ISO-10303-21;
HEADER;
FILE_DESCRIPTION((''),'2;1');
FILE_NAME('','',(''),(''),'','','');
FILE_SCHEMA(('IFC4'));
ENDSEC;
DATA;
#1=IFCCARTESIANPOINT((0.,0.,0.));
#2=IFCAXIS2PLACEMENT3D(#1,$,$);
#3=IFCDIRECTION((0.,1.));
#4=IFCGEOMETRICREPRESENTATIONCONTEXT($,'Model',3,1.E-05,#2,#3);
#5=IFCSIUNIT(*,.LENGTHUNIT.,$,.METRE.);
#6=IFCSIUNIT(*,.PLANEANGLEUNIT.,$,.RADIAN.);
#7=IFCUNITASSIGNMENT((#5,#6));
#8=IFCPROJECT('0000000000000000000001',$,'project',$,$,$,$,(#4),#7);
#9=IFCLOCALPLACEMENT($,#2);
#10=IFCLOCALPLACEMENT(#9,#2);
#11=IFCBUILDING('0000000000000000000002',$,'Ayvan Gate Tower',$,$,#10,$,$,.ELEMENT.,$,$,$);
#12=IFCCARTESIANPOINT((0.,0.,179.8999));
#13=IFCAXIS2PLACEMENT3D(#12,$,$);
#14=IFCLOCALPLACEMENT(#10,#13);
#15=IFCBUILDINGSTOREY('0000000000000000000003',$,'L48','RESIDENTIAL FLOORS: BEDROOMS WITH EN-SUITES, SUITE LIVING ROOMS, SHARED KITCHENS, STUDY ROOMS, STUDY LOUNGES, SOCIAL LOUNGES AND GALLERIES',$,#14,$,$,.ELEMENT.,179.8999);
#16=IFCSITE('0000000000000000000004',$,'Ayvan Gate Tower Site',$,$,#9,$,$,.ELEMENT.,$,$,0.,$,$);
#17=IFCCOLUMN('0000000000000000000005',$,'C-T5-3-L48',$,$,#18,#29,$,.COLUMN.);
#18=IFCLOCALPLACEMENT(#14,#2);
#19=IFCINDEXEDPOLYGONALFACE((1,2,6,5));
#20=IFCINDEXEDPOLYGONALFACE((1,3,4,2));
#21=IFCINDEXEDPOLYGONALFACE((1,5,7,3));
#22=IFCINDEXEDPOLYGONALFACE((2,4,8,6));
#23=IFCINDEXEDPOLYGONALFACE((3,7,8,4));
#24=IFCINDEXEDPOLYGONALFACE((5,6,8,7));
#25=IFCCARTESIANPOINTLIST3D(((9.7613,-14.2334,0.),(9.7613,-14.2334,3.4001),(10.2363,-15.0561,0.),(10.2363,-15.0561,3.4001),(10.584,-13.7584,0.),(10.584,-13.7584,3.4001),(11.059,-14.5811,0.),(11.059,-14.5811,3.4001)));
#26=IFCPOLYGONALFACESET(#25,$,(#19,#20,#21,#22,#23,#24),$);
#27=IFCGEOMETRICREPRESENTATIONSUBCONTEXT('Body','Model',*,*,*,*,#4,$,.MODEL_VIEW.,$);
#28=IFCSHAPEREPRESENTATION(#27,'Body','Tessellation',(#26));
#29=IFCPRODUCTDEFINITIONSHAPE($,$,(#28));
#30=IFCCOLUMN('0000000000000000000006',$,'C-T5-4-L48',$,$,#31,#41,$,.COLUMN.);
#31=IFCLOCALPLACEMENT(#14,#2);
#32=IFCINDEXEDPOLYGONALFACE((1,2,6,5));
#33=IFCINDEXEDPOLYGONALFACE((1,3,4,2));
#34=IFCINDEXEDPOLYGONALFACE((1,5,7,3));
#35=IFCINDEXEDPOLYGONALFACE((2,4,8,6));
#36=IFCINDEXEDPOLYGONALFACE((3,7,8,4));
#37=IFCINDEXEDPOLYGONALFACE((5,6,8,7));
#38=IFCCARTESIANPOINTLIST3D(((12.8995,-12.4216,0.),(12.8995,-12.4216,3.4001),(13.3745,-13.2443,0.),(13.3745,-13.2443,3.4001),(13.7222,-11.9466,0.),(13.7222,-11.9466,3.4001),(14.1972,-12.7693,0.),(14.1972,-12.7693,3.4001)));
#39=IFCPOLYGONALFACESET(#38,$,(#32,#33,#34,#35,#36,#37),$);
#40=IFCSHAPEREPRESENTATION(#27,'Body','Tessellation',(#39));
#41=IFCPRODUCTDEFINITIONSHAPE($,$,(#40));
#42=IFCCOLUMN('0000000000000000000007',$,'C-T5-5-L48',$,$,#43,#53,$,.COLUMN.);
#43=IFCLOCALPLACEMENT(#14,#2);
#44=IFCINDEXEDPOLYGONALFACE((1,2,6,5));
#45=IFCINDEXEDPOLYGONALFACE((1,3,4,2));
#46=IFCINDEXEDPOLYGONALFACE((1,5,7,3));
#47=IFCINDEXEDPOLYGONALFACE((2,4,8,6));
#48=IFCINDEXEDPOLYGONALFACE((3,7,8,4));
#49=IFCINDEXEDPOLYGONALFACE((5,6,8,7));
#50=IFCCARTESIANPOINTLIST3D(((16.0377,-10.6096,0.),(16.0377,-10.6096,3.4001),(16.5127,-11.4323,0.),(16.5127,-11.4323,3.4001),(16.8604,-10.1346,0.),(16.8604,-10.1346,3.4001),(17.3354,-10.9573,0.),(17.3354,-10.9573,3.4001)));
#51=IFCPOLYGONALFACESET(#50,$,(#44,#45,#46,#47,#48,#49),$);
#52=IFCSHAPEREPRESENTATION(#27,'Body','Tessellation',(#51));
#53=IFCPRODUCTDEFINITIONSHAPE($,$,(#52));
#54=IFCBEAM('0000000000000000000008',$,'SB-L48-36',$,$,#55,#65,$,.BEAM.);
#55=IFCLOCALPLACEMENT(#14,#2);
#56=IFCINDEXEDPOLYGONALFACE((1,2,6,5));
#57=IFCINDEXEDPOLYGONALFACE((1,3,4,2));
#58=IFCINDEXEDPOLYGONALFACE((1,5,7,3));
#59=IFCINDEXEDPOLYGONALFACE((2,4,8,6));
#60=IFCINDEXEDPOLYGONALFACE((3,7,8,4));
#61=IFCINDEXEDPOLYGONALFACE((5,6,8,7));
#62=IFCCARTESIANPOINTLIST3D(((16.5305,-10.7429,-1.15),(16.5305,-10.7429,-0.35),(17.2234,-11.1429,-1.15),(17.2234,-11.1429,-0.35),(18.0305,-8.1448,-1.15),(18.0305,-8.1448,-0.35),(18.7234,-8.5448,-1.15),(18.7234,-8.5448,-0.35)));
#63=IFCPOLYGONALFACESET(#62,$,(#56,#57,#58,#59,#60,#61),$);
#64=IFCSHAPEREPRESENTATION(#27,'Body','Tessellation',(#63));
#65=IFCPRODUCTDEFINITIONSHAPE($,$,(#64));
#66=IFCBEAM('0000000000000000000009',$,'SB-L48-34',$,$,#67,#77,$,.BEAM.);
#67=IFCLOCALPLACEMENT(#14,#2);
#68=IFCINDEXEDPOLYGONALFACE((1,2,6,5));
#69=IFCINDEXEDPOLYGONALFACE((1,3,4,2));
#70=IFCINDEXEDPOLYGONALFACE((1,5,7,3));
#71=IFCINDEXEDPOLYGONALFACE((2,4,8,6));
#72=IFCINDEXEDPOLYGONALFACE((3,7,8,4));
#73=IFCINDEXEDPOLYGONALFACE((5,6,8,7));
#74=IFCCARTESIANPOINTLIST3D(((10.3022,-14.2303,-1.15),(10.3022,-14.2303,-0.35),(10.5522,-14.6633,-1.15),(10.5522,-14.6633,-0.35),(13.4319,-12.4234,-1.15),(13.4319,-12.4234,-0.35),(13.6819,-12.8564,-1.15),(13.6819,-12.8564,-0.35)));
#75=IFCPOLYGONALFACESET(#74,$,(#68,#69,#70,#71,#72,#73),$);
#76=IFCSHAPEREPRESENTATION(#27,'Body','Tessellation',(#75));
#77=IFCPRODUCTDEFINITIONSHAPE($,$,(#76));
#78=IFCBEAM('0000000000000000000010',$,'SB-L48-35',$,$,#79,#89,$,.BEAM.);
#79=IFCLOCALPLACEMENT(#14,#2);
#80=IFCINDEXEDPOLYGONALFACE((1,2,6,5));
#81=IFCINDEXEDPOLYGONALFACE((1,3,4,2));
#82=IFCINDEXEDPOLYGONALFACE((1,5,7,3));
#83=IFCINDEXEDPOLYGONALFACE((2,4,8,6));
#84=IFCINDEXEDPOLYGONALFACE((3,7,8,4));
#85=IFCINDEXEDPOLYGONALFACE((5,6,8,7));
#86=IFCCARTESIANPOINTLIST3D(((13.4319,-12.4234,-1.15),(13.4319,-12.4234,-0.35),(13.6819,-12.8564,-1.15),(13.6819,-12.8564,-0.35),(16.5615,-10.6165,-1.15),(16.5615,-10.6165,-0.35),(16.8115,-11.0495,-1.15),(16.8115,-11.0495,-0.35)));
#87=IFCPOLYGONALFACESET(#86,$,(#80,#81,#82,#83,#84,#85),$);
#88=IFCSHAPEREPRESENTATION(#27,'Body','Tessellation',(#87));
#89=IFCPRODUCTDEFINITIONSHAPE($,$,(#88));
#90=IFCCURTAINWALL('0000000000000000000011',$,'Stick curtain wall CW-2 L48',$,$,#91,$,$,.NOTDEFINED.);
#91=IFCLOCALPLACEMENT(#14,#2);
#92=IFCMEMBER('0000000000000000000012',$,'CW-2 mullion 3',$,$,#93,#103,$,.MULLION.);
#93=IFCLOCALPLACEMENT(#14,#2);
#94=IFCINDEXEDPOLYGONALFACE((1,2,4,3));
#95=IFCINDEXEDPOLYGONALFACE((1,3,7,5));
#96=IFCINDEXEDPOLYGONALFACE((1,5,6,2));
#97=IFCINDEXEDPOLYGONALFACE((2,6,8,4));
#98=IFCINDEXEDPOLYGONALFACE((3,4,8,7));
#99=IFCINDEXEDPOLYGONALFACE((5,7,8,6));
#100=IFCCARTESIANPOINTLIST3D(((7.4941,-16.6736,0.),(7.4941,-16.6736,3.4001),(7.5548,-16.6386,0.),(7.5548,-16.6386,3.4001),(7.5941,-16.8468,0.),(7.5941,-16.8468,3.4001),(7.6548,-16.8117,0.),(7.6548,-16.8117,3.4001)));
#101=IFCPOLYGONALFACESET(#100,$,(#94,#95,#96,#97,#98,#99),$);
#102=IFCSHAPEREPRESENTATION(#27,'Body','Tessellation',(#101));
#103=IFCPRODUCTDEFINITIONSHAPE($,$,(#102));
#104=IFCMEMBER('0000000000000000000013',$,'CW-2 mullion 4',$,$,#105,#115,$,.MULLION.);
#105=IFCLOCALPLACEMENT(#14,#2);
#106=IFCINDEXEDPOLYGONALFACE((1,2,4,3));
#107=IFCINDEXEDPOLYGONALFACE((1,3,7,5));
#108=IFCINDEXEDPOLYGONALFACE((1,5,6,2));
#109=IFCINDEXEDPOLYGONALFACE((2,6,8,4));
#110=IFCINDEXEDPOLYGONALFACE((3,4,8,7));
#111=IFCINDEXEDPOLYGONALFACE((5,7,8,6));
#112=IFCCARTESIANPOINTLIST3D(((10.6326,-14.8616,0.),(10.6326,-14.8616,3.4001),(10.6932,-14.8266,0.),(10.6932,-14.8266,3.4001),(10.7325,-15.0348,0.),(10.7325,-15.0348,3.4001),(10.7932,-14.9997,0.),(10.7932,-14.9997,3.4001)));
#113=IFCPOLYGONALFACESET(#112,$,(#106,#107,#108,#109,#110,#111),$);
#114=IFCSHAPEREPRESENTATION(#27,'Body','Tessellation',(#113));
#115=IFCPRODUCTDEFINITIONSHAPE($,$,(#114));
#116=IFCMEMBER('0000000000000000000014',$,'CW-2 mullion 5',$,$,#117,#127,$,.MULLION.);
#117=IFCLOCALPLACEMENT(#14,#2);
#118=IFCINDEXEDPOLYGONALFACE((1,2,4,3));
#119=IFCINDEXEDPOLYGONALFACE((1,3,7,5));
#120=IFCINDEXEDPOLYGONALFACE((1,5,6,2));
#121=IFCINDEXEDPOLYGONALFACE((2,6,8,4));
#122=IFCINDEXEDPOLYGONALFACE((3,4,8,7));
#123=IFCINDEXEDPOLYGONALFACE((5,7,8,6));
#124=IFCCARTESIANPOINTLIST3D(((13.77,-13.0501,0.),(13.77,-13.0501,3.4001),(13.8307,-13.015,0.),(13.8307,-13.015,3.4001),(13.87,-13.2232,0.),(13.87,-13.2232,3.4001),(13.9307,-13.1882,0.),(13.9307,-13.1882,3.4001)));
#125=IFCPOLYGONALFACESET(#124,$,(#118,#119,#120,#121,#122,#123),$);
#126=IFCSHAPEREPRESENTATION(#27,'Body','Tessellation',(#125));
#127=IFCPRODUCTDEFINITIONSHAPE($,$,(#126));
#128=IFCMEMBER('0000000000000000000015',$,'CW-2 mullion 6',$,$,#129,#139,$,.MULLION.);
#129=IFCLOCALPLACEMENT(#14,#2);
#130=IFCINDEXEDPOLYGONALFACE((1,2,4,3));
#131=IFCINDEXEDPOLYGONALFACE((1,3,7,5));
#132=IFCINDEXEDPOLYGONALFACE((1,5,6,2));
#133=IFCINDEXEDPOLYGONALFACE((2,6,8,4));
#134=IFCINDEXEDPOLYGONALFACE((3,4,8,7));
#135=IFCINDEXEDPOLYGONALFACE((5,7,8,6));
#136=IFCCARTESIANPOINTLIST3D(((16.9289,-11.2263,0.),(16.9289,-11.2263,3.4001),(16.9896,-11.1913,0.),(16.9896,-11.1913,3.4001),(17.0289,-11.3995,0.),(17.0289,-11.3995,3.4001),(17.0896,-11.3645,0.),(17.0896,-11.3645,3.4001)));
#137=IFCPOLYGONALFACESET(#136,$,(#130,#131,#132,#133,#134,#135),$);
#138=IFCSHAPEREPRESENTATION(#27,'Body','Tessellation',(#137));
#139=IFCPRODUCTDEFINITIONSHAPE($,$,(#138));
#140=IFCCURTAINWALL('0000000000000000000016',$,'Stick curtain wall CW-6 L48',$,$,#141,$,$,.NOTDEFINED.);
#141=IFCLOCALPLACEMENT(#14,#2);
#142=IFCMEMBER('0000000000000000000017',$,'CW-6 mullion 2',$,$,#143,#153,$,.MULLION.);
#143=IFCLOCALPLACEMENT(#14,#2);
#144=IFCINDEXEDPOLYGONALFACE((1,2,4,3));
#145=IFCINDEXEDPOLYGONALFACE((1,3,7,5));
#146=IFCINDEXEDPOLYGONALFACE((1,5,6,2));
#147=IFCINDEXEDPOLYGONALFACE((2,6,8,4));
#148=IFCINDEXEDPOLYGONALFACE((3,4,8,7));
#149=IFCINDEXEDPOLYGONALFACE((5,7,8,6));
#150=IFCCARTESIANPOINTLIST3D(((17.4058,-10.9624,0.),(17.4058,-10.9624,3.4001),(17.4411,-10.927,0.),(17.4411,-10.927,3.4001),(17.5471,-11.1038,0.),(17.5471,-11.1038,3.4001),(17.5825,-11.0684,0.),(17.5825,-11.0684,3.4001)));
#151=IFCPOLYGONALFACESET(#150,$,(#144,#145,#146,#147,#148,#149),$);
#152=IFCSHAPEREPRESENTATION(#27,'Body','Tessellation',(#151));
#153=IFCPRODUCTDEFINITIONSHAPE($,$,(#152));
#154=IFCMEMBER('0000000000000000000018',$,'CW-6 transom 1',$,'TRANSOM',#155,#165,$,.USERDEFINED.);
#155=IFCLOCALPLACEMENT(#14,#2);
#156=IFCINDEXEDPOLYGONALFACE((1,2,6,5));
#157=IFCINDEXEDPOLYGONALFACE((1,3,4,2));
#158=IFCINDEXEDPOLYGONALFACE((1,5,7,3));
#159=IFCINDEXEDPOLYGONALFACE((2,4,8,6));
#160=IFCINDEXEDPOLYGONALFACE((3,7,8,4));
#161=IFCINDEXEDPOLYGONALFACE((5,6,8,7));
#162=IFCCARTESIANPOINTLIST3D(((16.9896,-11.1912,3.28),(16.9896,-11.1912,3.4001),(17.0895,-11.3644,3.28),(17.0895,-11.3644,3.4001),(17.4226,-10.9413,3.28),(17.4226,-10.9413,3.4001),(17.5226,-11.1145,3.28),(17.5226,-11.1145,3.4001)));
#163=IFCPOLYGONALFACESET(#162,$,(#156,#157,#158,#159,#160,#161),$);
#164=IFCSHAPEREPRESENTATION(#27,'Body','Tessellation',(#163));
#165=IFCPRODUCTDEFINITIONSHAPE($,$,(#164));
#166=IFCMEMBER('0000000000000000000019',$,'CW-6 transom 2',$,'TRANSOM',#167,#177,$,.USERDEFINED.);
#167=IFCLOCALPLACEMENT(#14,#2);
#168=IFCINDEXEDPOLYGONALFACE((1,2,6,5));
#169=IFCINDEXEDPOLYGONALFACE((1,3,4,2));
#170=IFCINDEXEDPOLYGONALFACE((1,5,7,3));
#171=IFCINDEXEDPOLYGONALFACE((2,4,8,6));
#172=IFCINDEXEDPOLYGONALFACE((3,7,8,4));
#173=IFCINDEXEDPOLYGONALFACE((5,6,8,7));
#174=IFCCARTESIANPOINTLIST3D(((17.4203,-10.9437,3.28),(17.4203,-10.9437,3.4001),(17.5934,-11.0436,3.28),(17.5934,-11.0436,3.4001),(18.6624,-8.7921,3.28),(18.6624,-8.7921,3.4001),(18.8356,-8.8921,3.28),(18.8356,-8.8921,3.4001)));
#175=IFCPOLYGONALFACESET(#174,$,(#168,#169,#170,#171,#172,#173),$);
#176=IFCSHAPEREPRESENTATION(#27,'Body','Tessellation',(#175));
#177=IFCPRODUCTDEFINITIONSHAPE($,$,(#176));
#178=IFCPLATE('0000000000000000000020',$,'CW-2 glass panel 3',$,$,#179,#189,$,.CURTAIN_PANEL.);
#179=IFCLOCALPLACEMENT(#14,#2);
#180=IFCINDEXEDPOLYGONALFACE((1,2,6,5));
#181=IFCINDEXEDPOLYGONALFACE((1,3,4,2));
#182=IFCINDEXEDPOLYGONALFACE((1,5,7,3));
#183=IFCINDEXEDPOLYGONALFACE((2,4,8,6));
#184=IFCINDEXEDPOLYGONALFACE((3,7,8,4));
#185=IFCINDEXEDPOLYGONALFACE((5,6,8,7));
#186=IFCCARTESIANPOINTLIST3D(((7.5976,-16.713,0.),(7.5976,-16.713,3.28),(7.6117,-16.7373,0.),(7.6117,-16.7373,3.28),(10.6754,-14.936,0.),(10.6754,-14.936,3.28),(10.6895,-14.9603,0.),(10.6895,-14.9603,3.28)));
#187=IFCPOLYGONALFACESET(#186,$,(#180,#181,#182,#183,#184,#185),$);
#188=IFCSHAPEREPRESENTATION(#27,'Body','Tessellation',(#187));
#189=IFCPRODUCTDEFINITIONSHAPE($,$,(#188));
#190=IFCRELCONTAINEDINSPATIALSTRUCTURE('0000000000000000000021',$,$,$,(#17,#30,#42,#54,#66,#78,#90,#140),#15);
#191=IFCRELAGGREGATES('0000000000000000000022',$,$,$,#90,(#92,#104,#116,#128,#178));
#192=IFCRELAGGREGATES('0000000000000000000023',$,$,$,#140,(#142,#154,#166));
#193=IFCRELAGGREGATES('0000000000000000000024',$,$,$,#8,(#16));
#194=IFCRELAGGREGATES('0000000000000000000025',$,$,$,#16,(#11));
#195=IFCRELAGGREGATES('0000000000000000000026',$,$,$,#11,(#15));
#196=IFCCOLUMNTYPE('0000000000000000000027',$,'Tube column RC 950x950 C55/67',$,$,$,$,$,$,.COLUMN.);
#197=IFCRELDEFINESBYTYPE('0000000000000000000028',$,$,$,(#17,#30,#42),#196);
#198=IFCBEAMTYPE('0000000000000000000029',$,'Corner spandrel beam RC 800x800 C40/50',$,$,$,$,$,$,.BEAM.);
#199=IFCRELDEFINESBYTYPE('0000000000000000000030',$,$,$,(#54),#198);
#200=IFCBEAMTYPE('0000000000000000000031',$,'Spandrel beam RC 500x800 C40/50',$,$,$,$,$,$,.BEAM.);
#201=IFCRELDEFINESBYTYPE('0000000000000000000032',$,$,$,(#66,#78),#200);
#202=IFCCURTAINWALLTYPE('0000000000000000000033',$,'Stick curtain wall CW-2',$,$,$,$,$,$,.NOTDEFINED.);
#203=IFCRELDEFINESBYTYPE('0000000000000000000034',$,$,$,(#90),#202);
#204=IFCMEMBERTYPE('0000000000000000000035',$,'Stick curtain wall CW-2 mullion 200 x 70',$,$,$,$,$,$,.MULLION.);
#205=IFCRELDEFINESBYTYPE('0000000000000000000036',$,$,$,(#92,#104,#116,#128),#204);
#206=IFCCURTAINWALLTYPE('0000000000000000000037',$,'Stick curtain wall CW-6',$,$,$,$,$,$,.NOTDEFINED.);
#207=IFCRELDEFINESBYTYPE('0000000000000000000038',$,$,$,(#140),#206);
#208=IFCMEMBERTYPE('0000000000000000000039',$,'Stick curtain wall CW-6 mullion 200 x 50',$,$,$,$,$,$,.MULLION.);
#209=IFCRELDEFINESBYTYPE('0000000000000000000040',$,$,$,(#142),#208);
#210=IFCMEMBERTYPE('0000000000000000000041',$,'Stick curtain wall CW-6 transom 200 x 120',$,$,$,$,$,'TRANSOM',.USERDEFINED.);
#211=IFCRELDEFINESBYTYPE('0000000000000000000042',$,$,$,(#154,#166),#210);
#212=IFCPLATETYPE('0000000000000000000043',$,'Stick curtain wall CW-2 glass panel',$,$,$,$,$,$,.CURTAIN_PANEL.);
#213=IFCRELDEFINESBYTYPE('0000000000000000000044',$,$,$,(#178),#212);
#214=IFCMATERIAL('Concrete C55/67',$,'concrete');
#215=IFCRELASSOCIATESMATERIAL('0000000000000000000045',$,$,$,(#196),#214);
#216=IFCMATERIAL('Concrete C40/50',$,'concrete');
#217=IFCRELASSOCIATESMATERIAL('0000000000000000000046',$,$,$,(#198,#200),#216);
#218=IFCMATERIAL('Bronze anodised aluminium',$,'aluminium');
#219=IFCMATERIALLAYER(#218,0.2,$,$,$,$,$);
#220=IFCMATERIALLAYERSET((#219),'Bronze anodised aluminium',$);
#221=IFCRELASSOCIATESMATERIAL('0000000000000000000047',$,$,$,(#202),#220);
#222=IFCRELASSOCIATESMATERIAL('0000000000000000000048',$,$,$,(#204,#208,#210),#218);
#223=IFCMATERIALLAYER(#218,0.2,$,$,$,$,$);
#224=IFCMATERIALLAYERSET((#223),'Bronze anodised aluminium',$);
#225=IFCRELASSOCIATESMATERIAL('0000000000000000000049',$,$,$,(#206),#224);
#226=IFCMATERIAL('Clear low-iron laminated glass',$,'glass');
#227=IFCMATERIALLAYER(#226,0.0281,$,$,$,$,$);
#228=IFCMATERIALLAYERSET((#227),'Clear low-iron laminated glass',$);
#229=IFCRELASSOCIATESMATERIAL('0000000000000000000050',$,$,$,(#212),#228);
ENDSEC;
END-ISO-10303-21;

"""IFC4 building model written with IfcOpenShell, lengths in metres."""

from ifc_helpers import new_model, si_unit, direction, frame, origin, origin_2d, place, context, subcontext, project, spatial, rectangle, extrude, material, layer, layer_set, material_profile, profile_set, type_object, element, aggregate, save


model = new_model("IFC4")

# Units and contexts
model_context = context("Model", 3, precision=1e-05, world=origin(), true_north=direction((0.0, 1.0)))
body_context = subcontext(model_context, "Body", "Model", "MODEL_VIEW")
ifc_project = project(units=[si_unit("LENGTHUNIT", "METRE"), si_unit("PLANEANGLEUNIT", "RADIAN")], contexts=[model_context])

# Site, building, storey
site_placement = place(None, origin())
site = spatial("IfcSite", under=ifc_project, at=site_placement, Name="Ayvan Gate Tower Site", CompositionType="ELEMENT", RefElevation=0.0)
building_placement = place(site_placement, origin())
building = spatial("IfcBuilding", under=site, at=building_placement, Name="Ayvan Gate Tower", CompositionType="ELEMENT")
storey_placement = place(building_placement, frame((0.0, 0.0, 179.8999)))
storey = spatial("IfcBuildingStorey", under=building, at=storey_placement, Name="L48", Description="RESIDENTIAL FLOORS: BEDROOMS WITH EN-SUITES, SUITE LIVING ROOMS, SHARED KITCHENS, STUDY ROOMS, STUDY LOUNGES, SOCIAL LOUNGES AND GALLERIES", CompositionType="ELEMENT", Elevation=179.8999)

# Columns
ifc_material_1 = material(Name="Concrete C55/67", Category="concrete")
ifc_material_profile_1 = material_profile(ifc_material_1, rectangle(XDim=0.95, YDim=0.95, at=origin_2d()), Name="RC 950x950")
ifc_profile_set_1 = profile_set([ifc_material_profile_1], Name="Concrete C55/67")
column_type = type_object("IfcColumnType", Name="Tube column RC 950x950 C55/67", PredefinedType="COLUMN", material=ifc_profile_set_1)
for number, where, z_axis, x_axis, name in (
    (1, (10.4102, -14.4072, 0.0), (0.0, 0.0, 1.0), (0.5, -0.866025, 0.0), "C-T5-3-L48"),
    (2, (13.5483, -12.5955, 0.0), (0.0, 0.0, 1.0), (0.5, -0.866025, 0.0), "C-T5-4-L48"),
    (3, (16.6865, -10.7834, 0.0), (0.0, 0.0, 1.0), (0.5, -0.866025, 0.0), "C-T5-5-L48"),
):
    element("IfcColumn", number, at=place(storey_placement, frame(where, z_axis=z_axis, x_axis=x_axis)), inside=storey, type_object=column_type, Name=name, PredefinedType="COLUMN", context=body_context, shape_type="SweptSolid", body=[
        extrude(rectangle(XDim=0.95, YDim=0.95, at=origin_2d()), origin(), (0.0, 0.0, 1.0), 3.4001),
    ])

# Beams
ifc_material_2 = material(Name="Concrete C40/50", Category="concrete")
ifc_material_profile_2 = material_profile(ifc_material_2, rectangle(XDim=0.8, YDim=0.8, at=origin_2d()), Name="RC 800x800")
ifc_profile_set_2 = profile_set([ifc_material_profile_2], Name="Concrete C40/50")
beam_type_1 = type_object("IfcBeamType", Name="Corner spandrel beam RC 800x800 C40/50", PredefinedType="BEAM", material=ifc_profile_set_2)
beam_placement = place(storey_placement, frame((16.877, -10.9429, -0.75), z_axis=(0.49999, 0.866031, 0.0), x_axis=(-0.866031, 0.49999, 0.0)))
element("IfcBeam", 4, at=beam_placement, inside=storey, type_object=beam_type_1, Name="SB-L48-36", PredefinedType="BEAM", context=body_context, shape_type="SweptSolid", body=[
    extrude(rectangle(XDim=0.8, YDim=0.8, at=origin_2d()), origin(), (0.0, 0.0, 1.0), 3.0),
])
ifc_material_profile_3 = material_profile(ifc_material_2, rectangle(XDim=0.5, YDim=0.8, at=origin_2d()), Name="RC 500x800")
ifc_profile_set_3 = profile_set([ifc_material_profile_3], Name="Concrete C40/50")
beam_type_2 = type_object("IfcBeamType", Name="Spandrel beam RC 500x800 C40/50", PredefinedType="BEAM", material=ifc_profile_set_3)
for number, where, z_axis, x_axis, name in (
    (5, (10.4272, -14.4468, -0.75), (0.866027, 0.499997, 0.0), (-0.499997, 0.866027, 0.0), "SB-L48-34"),
    (6, (13.5569, -12.6399, -0.75), (0.866027, 0.499997, 0.0), (-0.499997, 0.866027, 0.0), "SB-L48-35"),
):
    element("IfcBeam", number, at=place(storey_placement, frame(where, z_axis=z_axis, x_axis=x_axis)), inside=storey, type_object=beam_type_2, Name=name, PredefinedType="BEAM", context=body_context, shape_type="SweptSolid", body=[
        extrude(rectangle(XDim=0.5, YDim=0.8, at=origin_2d()), origin(), (0.0, 0.0, 1.0), 3.6138),
    ])

# Curtain walls, members
ifc_material_3 = material(Name="Bronze anodised aluminium", Category="aluminium")
ifc_layer_1 = layer(ifc_material_3, 0.2)
ifc_layer_set_1 = layer_set([ifc_layer_1], Name="Bronze anodised aluminium")
curtain_wall_type_1 = type_object("IfcCurtainWallType", Name="Stick curtain wall CW-2", PredefinedType="NOTDEFINED", material=ifc_layer_set_1)
curtain_wall_1_placement = place(storey_placement, origin())
curtain_wall_1 = element("IfcCurtainWall", 7, at=curtain_wall_1_placement, inside=storey, type_object=curtain_wall_type_1, Name="Stick curtain wall CW-2 L48", PredefinedType="NOTDEFINED")
ifc_material_profile_4 = material_profile(ifc_material_3, rectangle(XDim=0.2, YDim=0.0701, at=origin_2d()), Name="Stick curtain wall CW-2 mullion 200 x 70")
ifc_profile_set_4 = profile_set([ifc_material_profile_4], Name="Bronze anodised aluminium")
member_type_1 = type_object("IfcMemberType", Name="Stick curtain wall CW-2 mullion 200 x 70", PredefinedType="MULLION", material=ifc_profile_set_4)
member_1_placement = place(storey_placement, frame((7.5745, -16.7427, 0.0), z_axis=(0.0, 0.0, 1.0), x_axis=(0.5, -0.866025, 0.0)))
member_1 = element("IfcMember", 8, at=member_1_placement, type_object=member_type_1, Name="CW-2 mullion 3", PredefinedType="MULLION", context=body_context, shape_type="SweptSolid", body=[
    extrude(rectangle(XDim=0.2, YDim=0.0701, at=origin_2d()), origin(), (0.0, 0.0, 1.0), 3.4001),
])
member_2_placement = place(storey_placement, frame((10.7129, -14.9307, 0.0), z_axis=(0.0, 0.0, 1.0), x_axis=(0.5, -0.866025, 0.0)))
member_2 = element("IfcMember", 9, at=member_2_placement, type_object=member_type_1, Name="CW-2 mullion 4", PredefinedType="MULLION", context=body_context, shape_type="SweptSolid", body=[
    extrude(rectangle(XDim=0.2, YDim=0.0701, at=origin_2d()), origin(), (0.0, 0.0, 1.0), 3.4001),
])
member_3_placement = place(storey_placement, frame((13.8503, -13.1191, 0.0), z_axis=(0.0, 0.0, 1.0), x_axis=(0.5, -0.866025, 0.0)))
member_3 = element("IfcMember", 10, at=member_3_placement, type_object=member_type_1, Name="CW-2 mullion 5", PredefinedType="MULLION", context=body_context, shape_type="SweptSolid", body=[
    extrude(rectangle(XDim=0.2, YDim=0.0701, at=origin_2d()), origin(), (0.0, 0.0, 1.0), 3.4001),
])
member_4_placement = place(storey_placement, frame((17.0093, -11.2954, 0.0), z_axis=(0.0, 0.0, 1.0), x_axis=(0.5, -0.866025, 0.0)))
member_4 = element("IfcMember", 11, at=member_4_placement, type_object=member_type_1, Name="CW-2 mullion 6", PredefinedType="MULLION", context=body_context, shape_type="SweptSolid", body=[
    extrude(rectangle(XDim=0.2, YDim=0.0701, at=origin_2d()), origin(), (0.0, 0.0, 1.0), 3.4001),
])
ifc_layer_2 = layer(ifc_material_3, 0.2)
ifc_layer_set_2 = layer_set([ifc_layer_2], Name="Bronze anodised aluminium")
curtain_wall_type_2 = type_object("IfcCurtainWallType", Name="Stick curtain wall CW-6", PredefinedType="NOTDEFINED", material=ifc_layer_set_2)
curtain_wall_2_placement = place(storey_placement, origin())
curtain_wall_2 = element("IfcCurtainWall", 12, at=curtain_wall_2_placement, inside=storey, type_object=curtain_wall_type_2, Name="Stick curtain wall CW-6 L48", PredefinedType="NOTDEFINED")
ifc_material_profile_5 = material_profile(ifc_material_3, rectangle(XDim=0.2, YDim=0.05, at=origin_2d()), Name="Stick curtain wall CW-6 mullion 200 x 50")
ifc_profile_set_5 = profile_set([ifc_material_profile_5], Name="Bronze anodised aluminium")
member_type_2 = type_object("IfcMemberType", Name="Stick curtain wall CW-6 mullion 200 x 50", PredefinedType="MULLION", material=ifc_profile_set_5)
member_5_placement = place(storey_placement, frame((17.4941, -11.0154, 0.0), z_axis=(0.0, 0.0, 1.0), x_axis=(0.707107, -0.707107, 0.0)))
member_5 = element("IfcMember", 13, at=member_5_placement, type_object=member_type_2, Name="CW-6 mullion 2", PredefinedType="MULLION", context=body_context, shape_type="SweptSolid", body=[
    extrude(rectangle(XDim=0.2, YDim=0.05, at=origin_2d()), origin(), (0.0, 0.0, 1.0), 3.4001),
])
ifc_material_profile_6 = material_profile(ifc_material_3, rectangle(XDim=0.2, YDim=0.1201, at=origin_2d()), Name="Stick curtain wall CW-6 transom 200 x 120")
ifc_profile_set_6 = profile_set([ifc_material_profile_6], Name="Bronze anodised aluminium")
member_type_3 = type_object("IfcMemberType", Name="Stick curtain wall CW-6 transom 200 x 120", ElementType="TRANSOM", PredefinedType="USERDEFINED", material=ifc_profile_set_6)
member_6_placement = place(storey_placement, frame((17.0396, -11.2778, 3.3401), z_axis=(0.866072, 0.49992, 0.0), x_axis=(-0.49992, 0.866072, 0.0)))
member_6 = element("IfcMember", 14, at=member_6_placement, type_object=member_type_3, Name="CW-6 transom 1", ObjectType="TRANSOM", PredefinedType="USERDEFINED", context=body_context, shape_type="SweptSolid", body=[
    extrude(rectangle(XDim=0.2, YDim=0.1201, at=origin_2d()), origin(), (0.0, 0.0, 1.0), 0.5),
])
member_7_placement = place(storey_placement, frame((17.5068, -10.9937, 3.3401), z_axis=(0.499986, 0.866033, 0.0), x_axis=(-0.866033, 0.499986, 0.0)))
member_7 = element("IfcMember", 15, at=member_7_placement, type_object=member_type_3, Name="CW-6 transom 2", ObjectType="TRANSOM", PredefinedType="USERDEFINED", context=body_context, shape_type="SweptSolid", body=[
    extrude(rectangle(XDim=0.2, YDim=0.1201, at=origin_2d()), origin(), (0.0, 0.0, 1.0), 2.4844),
])

# Plate
ifc_material_4 = material(Name="Clear low-iron laminated glass", Category="glass")
ifc_layer_3 = layer(ifc_material_4, 0.0281)
ifc_layer_set_3 = layer_set([ifc_layer_3], Name="Clear low-iron laminated glass")
plate_type_1 = type_object("IfcPlateType", Name="Stick curtain wall CW-2 glass panel", PredefinedType="CURTAIN_PANEL", material=ifc_layer_set_3)
plate_1_placement = place(storey_placement, frame((9.1436, -15.8367, 0.0), z_axis=(0.0, 0.0, 1.0), x_axis=(0.866025, 0.5, 0.0)))
plate_1 = element("IfcPlate", 16, at=plate_1_placement, type_object=plate_type_1, Name="CW-2 glass panel 3", PredefinedType="CURTAIN_PANEL", context=body_context, shape_type="SweptSolid", body=[
    extrude(rectangle(XDim=3.554, YDim=0.0281, at=origin_2d()), origin(), (0.0, 0.0, 1.0), 3.28),
])
aggregate(curtain_wall_1, [member_1, member_2, member_3, member_4, plate_1])
aggregate(curtain_wall_2, [member_5, member_6, member_7])

save(model, "model.ifc")
